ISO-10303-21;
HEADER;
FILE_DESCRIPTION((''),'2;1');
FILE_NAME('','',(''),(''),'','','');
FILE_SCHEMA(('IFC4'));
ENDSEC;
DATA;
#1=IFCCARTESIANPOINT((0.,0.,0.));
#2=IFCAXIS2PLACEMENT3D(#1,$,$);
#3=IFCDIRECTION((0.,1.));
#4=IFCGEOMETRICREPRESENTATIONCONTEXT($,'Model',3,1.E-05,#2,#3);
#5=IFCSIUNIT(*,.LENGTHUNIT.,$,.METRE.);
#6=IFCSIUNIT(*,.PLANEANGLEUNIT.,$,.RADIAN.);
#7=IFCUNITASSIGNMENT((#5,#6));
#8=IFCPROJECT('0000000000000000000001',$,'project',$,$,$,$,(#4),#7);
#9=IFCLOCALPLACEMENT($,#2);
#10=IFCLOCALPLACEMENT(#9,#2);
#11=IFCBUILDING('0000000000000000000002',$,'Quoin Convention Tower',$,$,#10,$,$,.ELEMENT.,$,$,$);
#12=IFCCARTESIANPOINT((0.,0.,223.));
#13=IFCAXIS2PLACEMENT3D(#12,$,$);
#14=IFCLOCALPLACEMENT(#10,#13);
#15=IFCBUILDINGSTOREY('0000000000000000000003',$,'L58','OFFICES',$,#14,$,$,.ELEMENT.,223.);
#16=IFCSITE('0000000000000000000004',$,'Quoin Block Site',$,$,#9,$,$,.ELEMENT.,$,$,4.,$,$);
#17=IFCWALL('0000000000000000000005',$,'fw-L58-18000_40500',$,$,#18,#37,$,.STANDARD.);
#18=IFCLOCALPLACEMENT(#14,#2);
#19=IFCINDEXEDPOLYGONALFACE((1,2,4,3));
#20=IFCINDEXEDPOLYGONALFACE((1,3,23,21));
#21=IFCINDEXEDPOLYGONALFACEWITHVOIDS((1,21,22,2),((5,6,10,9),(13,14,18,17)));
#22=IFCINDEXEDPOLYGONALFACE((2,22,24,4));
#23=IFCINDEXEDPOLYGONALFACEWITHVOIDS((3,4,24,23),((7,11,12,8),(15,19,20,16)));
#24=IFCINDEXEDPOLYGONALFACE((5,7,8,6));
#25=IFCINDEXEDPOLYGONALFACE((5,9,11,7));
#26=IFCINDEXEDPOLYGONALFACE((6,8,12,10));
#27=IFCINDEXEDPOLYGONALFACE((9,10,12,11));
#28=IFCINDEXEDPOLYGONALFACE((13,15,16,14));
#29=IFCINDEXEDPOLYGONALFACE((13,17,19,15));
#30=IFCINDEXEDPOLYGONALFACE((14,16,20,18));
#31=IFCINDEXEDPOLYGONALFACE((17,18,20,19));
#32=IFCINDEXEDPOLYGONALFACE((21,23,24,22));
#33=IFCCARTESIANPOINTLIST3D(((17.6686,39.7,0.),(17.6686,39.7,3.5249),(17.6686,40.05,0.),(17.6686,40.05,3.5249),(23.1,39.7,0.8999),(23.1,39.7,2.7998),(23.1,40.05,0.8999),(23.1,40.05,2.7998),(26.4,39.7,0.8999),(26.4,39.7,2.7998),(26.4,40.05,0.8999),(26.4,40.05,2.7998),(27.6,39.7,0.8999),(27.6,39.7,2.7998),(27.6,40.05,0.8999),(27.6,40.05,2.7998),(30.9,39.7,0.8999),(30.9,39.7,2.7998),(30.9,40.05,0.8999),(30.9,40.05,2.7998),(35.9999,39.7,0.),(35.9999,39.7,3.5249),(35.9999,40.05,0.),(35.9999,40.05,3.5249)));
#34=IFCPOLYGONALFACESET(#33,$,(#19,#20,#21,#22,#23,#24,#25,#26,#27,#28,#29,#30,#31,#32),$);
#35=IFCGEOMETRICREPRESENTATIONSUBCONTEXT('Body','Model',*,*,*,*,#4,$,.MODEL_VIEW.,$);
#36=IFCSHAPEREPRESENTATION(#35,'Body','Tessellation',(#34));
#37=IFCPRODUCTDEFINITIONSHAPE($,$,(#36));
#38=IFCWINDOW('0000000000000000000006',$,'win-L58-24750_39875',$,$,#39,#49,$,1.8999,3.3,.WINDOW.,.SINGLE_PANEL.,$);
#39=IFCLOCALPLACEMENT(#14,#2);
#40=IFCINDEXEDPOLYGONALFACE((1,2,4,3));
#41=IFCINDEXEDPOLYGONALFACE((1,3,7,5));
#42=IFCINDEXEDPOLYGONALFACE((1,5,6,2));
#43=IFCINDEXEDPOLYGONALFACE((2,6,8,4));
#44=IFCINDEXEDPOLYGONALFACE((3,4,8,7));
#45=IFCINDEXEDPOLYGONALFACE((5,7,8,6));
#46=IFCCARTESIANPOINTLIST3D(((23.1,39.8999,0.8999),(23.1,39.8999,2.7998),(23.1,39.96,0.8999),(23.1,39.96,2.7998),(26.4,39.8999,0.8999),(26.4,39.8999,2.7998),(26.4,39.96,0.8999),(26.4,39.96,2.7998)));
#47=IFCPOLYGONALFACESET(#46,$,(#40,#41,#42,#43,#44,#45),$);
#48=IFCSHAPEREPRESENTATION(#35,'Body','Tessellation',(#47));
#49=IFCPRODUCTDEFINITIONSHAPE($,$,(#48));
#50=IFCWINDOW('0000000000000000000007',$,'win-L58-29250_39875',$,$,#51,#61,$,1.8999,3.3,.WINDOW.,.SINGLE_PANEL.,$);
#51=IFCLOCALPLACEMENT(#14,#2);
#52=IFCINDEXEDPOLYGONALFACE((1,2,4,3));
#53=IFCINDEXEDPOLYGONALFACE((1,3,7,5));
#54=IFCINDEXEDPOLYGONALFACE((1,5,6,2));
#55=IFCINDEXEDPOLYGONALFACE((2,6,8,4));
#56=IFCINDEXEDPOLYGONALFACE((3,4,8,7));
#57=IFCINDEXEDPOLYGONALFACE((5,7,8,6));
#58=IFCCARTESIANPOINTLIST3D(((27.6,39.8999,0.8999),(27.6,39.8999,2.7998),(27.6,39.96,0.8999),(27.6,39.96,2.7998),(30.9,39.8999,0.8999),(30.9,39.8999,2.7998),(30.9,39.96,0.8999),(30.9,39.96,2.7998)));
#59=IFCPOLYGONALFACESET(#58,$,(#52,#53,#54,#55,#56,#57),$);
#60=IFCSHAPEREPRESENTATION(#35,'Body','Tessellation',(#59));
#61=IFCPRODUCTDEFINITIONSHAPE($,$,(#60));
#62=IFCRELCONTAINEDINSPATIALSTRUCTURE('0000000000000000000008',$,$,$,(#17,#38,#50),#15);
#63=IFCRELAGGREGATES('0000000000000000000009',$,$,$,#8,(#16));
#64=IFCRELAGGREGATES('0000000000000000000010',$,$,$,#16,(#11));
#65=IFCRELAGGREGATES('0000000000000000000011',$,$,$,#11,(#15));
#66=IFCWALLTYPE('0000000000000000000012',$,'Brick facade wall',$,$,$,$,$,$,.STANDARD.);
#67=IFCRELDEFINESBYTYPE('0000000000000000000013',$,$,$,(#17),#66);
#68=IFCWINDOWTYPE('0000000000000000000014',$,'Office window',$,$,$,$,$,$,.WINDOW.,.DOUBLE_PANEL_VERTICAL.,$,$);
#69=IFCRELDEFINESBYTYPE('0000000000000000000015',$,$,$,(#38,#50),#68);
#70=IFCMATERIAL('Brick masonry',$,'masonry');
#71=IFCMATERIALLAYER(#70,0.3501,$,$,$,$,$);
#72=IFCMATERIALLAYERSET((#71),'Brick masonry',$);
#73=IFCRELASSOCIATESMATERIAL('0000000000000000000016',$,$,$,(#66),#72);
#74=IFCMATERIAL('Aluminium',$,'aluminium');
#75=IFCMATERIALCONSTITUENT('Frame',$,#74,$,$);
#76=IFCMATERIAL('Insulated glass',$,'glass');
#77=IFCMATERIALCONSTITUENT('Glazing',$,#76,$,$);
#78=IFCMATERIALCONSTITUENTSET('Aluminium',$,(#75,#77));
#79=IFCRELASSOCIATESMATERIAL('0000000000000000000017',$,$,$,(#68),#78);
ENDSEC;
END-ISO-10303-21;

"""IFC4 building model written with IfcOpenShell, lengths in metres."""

from ifc_helpers import new_model, si_unit, direction, frame, frame_2d, origin, place, context, subcontext, project, spatial, rectangle, extrude, material, layer, layer_set, constituent, constituent_set, type_object, element, fill, save


model = new_model("IFC4")

# Units and contexts
model_context = context("Model", 3, precision=1e-05, world=origin(), true_north=direction((0.0, 1.0)))
body_context = subcontext(model_context, "Body", "Model", "MODEL_VIEW")
ifc_project = project(units=[si_unit("LENGTHUNIT", "METRE"), si_unit("PLANEANGLEUNIT", "RADIAN")], contexts=[model_context])

# Site, building, storey
site_placement = place(None, origin())
site = spatial("IfcSite", under=ifc_project, at=site_placement, Name="Quoin Block Site", CompositionType="ELEMENT", RefElevation=4.0)
building_placement = place(site_placement, origin())
building = spatial("IfcBuilding", under=site, at=building_placement, Name="Quoin Convention Tower", CompositionType="ELEMENT")
storey_placement = place(building_placement, frame((0.0, 0.0, 223.0)))
storey = spatial("IfcBuildingStorey", under=building, at=storey_placement, Name="L58", Description="OFFICES", CompositionType="ELEMENT", Elevation=223.0)

# Wall, openings, windows
ifc_material_1 = material(Name="Brick masonry", Category="masonry")
ifc_layer_1 = layer(ifc_material_1, 0.3501)
ifc_layer_set_1 = layer_set([ifc_layer_1], Name="Brick masonry")
wall_type = type_object("IfcWallType", Name="Brick facade wall", PredefinedType="STANDARD", material=ifc_layer_set_1)
ifc_material_2 = material(Name="Aluminium", Category="aluminium")
ifc_constituent_1 = constituent(ifc_material_2, Name="Frame")
ifc_material_3 = material(Name="Insulated glass", Category="glass")
ifc_constituent_2 = constituent(ifc_material_3, Name="Glazing")
ifc_constituent_set = constituent_set(constituents=[ifc_constituent_1, ifc_constituent_2], Name="Aluminium")
window_type = type_object("IfcWindowType", Name="Office window", PartitioningType="DOUBLE_PANEL_VERTICAL", PredefinedType="WINDOW", material=ifc_constituent_set)
wall_1_placement = place(storey_placement, frame((17.6687, 39.875, 0.0), z_axis=(0.0, 0.0, 1.0), x_axis=(1.0, 0.0, 0.0)))
wall_1 = element("IfcWall", 1, at=wall_1_placement, inside=storey, type_object=wall_type, Name="fw-L58-18000_40500", PredefinedType="STANDARD", context=body_context, shape_type="SweptSolid", body=[
    extrude(rectangle(XDim=18.3313, YDim=0.3501, at=frame_2d((9.1655, 0.0))), origin(), (0.0, 0.0, 1.0), 3.5249),
])
opening_1_placement = place(wall_1_placement, frame((5.4314, 0.0, 0.8999)))
opening_1 = element("IfcOpeningElement", 2, at=opening_1_placement, cuts=wall_1, PredefinedType="OPENING", context=body_context, shape_type="SweptSolid", body=[
    extrude(rectangle(XDim=3.3, YDim=1.8999, at=frame_2d((1.6499, 0.95))), frame((0.0, 0.1851, 0.0), z_axis=(0.0, -1.0, 0.0), x_axis=(1.0, 0.0, 0.0)), (0.0, 0.0, 1.0), 0.3701),
])
opening_2_placement = place(wall_1_placement, frame((9.9314, 0.0, 0.8999)))
opening_2 = element("IfcOpeningElement", 3, at=opening_2_placement, cuts=wall_1, PredefinedType="OPENING", context=body_context, shape_type="SweptSolid", body=[
    extrude(rectangle(XDim=3.3, YDim=1.8999, at=frame_2d((1.6499, 0.95))), frame((0.0, 0.1851, 0.0), z_axis=(0.0, -1.0, 0.0), x_axis=(1.0, 0.0, 0.0)), (0.0, 0.0, 1.0), 0.3701),
])
window_1_placement = place(opening_1_placement, origin())
window_1 = element("IfcWindow", 4, at=window_1_placement, inside=storey, type_object=window_type, Name="win-L58-24750_39875", OverallHeight=1.8999, OverallWidth=3.3, PartitioningType="SINGLE_PANEL", PredefinedType="WINDOW", context=body_context, shape_type="SweptSolid", body=[
    extrude(rectangle(XDim=3.3, YDim=1.8999, at=frame_2d((1.6499, 0.95))), frame((0.0, 0.085, 0.0), z_axis=(0.0, -1.0, 0.0), x_axis=(1.0, 0.0, 0.0)), (0.0, 0.0, 1.0), 0.0601),
])
fill(opening_1, window_1)
window_2_placement = place(opening_2_placement, origin())
window_2 = element("IfcWindow", 5, at=window_2_placement, inside=storey, type_object=window_type, Name="win-L58-29250_39875", OverallHeight=1.8999, OverallWidth=3.3, PartitioningType="SINGLE_PANEL", PredefinedType="WINDOW", context=body_context, shape_type="SweptSolid", body=[
    extrude(rectangle(XDim=3.3, YDim=1.8999, at=frame_2d((1.6499, 0.95))), frame((0.0, 0.085, 0.0), z_axis=(0.0, -1.0, 0.0), x_axis=(1.0, 0.0, 0.0)), (0.0, 0.0, 1.0), 0.0601),
])
fill(opening_2, window_2)

save(model, "model.ifc")
